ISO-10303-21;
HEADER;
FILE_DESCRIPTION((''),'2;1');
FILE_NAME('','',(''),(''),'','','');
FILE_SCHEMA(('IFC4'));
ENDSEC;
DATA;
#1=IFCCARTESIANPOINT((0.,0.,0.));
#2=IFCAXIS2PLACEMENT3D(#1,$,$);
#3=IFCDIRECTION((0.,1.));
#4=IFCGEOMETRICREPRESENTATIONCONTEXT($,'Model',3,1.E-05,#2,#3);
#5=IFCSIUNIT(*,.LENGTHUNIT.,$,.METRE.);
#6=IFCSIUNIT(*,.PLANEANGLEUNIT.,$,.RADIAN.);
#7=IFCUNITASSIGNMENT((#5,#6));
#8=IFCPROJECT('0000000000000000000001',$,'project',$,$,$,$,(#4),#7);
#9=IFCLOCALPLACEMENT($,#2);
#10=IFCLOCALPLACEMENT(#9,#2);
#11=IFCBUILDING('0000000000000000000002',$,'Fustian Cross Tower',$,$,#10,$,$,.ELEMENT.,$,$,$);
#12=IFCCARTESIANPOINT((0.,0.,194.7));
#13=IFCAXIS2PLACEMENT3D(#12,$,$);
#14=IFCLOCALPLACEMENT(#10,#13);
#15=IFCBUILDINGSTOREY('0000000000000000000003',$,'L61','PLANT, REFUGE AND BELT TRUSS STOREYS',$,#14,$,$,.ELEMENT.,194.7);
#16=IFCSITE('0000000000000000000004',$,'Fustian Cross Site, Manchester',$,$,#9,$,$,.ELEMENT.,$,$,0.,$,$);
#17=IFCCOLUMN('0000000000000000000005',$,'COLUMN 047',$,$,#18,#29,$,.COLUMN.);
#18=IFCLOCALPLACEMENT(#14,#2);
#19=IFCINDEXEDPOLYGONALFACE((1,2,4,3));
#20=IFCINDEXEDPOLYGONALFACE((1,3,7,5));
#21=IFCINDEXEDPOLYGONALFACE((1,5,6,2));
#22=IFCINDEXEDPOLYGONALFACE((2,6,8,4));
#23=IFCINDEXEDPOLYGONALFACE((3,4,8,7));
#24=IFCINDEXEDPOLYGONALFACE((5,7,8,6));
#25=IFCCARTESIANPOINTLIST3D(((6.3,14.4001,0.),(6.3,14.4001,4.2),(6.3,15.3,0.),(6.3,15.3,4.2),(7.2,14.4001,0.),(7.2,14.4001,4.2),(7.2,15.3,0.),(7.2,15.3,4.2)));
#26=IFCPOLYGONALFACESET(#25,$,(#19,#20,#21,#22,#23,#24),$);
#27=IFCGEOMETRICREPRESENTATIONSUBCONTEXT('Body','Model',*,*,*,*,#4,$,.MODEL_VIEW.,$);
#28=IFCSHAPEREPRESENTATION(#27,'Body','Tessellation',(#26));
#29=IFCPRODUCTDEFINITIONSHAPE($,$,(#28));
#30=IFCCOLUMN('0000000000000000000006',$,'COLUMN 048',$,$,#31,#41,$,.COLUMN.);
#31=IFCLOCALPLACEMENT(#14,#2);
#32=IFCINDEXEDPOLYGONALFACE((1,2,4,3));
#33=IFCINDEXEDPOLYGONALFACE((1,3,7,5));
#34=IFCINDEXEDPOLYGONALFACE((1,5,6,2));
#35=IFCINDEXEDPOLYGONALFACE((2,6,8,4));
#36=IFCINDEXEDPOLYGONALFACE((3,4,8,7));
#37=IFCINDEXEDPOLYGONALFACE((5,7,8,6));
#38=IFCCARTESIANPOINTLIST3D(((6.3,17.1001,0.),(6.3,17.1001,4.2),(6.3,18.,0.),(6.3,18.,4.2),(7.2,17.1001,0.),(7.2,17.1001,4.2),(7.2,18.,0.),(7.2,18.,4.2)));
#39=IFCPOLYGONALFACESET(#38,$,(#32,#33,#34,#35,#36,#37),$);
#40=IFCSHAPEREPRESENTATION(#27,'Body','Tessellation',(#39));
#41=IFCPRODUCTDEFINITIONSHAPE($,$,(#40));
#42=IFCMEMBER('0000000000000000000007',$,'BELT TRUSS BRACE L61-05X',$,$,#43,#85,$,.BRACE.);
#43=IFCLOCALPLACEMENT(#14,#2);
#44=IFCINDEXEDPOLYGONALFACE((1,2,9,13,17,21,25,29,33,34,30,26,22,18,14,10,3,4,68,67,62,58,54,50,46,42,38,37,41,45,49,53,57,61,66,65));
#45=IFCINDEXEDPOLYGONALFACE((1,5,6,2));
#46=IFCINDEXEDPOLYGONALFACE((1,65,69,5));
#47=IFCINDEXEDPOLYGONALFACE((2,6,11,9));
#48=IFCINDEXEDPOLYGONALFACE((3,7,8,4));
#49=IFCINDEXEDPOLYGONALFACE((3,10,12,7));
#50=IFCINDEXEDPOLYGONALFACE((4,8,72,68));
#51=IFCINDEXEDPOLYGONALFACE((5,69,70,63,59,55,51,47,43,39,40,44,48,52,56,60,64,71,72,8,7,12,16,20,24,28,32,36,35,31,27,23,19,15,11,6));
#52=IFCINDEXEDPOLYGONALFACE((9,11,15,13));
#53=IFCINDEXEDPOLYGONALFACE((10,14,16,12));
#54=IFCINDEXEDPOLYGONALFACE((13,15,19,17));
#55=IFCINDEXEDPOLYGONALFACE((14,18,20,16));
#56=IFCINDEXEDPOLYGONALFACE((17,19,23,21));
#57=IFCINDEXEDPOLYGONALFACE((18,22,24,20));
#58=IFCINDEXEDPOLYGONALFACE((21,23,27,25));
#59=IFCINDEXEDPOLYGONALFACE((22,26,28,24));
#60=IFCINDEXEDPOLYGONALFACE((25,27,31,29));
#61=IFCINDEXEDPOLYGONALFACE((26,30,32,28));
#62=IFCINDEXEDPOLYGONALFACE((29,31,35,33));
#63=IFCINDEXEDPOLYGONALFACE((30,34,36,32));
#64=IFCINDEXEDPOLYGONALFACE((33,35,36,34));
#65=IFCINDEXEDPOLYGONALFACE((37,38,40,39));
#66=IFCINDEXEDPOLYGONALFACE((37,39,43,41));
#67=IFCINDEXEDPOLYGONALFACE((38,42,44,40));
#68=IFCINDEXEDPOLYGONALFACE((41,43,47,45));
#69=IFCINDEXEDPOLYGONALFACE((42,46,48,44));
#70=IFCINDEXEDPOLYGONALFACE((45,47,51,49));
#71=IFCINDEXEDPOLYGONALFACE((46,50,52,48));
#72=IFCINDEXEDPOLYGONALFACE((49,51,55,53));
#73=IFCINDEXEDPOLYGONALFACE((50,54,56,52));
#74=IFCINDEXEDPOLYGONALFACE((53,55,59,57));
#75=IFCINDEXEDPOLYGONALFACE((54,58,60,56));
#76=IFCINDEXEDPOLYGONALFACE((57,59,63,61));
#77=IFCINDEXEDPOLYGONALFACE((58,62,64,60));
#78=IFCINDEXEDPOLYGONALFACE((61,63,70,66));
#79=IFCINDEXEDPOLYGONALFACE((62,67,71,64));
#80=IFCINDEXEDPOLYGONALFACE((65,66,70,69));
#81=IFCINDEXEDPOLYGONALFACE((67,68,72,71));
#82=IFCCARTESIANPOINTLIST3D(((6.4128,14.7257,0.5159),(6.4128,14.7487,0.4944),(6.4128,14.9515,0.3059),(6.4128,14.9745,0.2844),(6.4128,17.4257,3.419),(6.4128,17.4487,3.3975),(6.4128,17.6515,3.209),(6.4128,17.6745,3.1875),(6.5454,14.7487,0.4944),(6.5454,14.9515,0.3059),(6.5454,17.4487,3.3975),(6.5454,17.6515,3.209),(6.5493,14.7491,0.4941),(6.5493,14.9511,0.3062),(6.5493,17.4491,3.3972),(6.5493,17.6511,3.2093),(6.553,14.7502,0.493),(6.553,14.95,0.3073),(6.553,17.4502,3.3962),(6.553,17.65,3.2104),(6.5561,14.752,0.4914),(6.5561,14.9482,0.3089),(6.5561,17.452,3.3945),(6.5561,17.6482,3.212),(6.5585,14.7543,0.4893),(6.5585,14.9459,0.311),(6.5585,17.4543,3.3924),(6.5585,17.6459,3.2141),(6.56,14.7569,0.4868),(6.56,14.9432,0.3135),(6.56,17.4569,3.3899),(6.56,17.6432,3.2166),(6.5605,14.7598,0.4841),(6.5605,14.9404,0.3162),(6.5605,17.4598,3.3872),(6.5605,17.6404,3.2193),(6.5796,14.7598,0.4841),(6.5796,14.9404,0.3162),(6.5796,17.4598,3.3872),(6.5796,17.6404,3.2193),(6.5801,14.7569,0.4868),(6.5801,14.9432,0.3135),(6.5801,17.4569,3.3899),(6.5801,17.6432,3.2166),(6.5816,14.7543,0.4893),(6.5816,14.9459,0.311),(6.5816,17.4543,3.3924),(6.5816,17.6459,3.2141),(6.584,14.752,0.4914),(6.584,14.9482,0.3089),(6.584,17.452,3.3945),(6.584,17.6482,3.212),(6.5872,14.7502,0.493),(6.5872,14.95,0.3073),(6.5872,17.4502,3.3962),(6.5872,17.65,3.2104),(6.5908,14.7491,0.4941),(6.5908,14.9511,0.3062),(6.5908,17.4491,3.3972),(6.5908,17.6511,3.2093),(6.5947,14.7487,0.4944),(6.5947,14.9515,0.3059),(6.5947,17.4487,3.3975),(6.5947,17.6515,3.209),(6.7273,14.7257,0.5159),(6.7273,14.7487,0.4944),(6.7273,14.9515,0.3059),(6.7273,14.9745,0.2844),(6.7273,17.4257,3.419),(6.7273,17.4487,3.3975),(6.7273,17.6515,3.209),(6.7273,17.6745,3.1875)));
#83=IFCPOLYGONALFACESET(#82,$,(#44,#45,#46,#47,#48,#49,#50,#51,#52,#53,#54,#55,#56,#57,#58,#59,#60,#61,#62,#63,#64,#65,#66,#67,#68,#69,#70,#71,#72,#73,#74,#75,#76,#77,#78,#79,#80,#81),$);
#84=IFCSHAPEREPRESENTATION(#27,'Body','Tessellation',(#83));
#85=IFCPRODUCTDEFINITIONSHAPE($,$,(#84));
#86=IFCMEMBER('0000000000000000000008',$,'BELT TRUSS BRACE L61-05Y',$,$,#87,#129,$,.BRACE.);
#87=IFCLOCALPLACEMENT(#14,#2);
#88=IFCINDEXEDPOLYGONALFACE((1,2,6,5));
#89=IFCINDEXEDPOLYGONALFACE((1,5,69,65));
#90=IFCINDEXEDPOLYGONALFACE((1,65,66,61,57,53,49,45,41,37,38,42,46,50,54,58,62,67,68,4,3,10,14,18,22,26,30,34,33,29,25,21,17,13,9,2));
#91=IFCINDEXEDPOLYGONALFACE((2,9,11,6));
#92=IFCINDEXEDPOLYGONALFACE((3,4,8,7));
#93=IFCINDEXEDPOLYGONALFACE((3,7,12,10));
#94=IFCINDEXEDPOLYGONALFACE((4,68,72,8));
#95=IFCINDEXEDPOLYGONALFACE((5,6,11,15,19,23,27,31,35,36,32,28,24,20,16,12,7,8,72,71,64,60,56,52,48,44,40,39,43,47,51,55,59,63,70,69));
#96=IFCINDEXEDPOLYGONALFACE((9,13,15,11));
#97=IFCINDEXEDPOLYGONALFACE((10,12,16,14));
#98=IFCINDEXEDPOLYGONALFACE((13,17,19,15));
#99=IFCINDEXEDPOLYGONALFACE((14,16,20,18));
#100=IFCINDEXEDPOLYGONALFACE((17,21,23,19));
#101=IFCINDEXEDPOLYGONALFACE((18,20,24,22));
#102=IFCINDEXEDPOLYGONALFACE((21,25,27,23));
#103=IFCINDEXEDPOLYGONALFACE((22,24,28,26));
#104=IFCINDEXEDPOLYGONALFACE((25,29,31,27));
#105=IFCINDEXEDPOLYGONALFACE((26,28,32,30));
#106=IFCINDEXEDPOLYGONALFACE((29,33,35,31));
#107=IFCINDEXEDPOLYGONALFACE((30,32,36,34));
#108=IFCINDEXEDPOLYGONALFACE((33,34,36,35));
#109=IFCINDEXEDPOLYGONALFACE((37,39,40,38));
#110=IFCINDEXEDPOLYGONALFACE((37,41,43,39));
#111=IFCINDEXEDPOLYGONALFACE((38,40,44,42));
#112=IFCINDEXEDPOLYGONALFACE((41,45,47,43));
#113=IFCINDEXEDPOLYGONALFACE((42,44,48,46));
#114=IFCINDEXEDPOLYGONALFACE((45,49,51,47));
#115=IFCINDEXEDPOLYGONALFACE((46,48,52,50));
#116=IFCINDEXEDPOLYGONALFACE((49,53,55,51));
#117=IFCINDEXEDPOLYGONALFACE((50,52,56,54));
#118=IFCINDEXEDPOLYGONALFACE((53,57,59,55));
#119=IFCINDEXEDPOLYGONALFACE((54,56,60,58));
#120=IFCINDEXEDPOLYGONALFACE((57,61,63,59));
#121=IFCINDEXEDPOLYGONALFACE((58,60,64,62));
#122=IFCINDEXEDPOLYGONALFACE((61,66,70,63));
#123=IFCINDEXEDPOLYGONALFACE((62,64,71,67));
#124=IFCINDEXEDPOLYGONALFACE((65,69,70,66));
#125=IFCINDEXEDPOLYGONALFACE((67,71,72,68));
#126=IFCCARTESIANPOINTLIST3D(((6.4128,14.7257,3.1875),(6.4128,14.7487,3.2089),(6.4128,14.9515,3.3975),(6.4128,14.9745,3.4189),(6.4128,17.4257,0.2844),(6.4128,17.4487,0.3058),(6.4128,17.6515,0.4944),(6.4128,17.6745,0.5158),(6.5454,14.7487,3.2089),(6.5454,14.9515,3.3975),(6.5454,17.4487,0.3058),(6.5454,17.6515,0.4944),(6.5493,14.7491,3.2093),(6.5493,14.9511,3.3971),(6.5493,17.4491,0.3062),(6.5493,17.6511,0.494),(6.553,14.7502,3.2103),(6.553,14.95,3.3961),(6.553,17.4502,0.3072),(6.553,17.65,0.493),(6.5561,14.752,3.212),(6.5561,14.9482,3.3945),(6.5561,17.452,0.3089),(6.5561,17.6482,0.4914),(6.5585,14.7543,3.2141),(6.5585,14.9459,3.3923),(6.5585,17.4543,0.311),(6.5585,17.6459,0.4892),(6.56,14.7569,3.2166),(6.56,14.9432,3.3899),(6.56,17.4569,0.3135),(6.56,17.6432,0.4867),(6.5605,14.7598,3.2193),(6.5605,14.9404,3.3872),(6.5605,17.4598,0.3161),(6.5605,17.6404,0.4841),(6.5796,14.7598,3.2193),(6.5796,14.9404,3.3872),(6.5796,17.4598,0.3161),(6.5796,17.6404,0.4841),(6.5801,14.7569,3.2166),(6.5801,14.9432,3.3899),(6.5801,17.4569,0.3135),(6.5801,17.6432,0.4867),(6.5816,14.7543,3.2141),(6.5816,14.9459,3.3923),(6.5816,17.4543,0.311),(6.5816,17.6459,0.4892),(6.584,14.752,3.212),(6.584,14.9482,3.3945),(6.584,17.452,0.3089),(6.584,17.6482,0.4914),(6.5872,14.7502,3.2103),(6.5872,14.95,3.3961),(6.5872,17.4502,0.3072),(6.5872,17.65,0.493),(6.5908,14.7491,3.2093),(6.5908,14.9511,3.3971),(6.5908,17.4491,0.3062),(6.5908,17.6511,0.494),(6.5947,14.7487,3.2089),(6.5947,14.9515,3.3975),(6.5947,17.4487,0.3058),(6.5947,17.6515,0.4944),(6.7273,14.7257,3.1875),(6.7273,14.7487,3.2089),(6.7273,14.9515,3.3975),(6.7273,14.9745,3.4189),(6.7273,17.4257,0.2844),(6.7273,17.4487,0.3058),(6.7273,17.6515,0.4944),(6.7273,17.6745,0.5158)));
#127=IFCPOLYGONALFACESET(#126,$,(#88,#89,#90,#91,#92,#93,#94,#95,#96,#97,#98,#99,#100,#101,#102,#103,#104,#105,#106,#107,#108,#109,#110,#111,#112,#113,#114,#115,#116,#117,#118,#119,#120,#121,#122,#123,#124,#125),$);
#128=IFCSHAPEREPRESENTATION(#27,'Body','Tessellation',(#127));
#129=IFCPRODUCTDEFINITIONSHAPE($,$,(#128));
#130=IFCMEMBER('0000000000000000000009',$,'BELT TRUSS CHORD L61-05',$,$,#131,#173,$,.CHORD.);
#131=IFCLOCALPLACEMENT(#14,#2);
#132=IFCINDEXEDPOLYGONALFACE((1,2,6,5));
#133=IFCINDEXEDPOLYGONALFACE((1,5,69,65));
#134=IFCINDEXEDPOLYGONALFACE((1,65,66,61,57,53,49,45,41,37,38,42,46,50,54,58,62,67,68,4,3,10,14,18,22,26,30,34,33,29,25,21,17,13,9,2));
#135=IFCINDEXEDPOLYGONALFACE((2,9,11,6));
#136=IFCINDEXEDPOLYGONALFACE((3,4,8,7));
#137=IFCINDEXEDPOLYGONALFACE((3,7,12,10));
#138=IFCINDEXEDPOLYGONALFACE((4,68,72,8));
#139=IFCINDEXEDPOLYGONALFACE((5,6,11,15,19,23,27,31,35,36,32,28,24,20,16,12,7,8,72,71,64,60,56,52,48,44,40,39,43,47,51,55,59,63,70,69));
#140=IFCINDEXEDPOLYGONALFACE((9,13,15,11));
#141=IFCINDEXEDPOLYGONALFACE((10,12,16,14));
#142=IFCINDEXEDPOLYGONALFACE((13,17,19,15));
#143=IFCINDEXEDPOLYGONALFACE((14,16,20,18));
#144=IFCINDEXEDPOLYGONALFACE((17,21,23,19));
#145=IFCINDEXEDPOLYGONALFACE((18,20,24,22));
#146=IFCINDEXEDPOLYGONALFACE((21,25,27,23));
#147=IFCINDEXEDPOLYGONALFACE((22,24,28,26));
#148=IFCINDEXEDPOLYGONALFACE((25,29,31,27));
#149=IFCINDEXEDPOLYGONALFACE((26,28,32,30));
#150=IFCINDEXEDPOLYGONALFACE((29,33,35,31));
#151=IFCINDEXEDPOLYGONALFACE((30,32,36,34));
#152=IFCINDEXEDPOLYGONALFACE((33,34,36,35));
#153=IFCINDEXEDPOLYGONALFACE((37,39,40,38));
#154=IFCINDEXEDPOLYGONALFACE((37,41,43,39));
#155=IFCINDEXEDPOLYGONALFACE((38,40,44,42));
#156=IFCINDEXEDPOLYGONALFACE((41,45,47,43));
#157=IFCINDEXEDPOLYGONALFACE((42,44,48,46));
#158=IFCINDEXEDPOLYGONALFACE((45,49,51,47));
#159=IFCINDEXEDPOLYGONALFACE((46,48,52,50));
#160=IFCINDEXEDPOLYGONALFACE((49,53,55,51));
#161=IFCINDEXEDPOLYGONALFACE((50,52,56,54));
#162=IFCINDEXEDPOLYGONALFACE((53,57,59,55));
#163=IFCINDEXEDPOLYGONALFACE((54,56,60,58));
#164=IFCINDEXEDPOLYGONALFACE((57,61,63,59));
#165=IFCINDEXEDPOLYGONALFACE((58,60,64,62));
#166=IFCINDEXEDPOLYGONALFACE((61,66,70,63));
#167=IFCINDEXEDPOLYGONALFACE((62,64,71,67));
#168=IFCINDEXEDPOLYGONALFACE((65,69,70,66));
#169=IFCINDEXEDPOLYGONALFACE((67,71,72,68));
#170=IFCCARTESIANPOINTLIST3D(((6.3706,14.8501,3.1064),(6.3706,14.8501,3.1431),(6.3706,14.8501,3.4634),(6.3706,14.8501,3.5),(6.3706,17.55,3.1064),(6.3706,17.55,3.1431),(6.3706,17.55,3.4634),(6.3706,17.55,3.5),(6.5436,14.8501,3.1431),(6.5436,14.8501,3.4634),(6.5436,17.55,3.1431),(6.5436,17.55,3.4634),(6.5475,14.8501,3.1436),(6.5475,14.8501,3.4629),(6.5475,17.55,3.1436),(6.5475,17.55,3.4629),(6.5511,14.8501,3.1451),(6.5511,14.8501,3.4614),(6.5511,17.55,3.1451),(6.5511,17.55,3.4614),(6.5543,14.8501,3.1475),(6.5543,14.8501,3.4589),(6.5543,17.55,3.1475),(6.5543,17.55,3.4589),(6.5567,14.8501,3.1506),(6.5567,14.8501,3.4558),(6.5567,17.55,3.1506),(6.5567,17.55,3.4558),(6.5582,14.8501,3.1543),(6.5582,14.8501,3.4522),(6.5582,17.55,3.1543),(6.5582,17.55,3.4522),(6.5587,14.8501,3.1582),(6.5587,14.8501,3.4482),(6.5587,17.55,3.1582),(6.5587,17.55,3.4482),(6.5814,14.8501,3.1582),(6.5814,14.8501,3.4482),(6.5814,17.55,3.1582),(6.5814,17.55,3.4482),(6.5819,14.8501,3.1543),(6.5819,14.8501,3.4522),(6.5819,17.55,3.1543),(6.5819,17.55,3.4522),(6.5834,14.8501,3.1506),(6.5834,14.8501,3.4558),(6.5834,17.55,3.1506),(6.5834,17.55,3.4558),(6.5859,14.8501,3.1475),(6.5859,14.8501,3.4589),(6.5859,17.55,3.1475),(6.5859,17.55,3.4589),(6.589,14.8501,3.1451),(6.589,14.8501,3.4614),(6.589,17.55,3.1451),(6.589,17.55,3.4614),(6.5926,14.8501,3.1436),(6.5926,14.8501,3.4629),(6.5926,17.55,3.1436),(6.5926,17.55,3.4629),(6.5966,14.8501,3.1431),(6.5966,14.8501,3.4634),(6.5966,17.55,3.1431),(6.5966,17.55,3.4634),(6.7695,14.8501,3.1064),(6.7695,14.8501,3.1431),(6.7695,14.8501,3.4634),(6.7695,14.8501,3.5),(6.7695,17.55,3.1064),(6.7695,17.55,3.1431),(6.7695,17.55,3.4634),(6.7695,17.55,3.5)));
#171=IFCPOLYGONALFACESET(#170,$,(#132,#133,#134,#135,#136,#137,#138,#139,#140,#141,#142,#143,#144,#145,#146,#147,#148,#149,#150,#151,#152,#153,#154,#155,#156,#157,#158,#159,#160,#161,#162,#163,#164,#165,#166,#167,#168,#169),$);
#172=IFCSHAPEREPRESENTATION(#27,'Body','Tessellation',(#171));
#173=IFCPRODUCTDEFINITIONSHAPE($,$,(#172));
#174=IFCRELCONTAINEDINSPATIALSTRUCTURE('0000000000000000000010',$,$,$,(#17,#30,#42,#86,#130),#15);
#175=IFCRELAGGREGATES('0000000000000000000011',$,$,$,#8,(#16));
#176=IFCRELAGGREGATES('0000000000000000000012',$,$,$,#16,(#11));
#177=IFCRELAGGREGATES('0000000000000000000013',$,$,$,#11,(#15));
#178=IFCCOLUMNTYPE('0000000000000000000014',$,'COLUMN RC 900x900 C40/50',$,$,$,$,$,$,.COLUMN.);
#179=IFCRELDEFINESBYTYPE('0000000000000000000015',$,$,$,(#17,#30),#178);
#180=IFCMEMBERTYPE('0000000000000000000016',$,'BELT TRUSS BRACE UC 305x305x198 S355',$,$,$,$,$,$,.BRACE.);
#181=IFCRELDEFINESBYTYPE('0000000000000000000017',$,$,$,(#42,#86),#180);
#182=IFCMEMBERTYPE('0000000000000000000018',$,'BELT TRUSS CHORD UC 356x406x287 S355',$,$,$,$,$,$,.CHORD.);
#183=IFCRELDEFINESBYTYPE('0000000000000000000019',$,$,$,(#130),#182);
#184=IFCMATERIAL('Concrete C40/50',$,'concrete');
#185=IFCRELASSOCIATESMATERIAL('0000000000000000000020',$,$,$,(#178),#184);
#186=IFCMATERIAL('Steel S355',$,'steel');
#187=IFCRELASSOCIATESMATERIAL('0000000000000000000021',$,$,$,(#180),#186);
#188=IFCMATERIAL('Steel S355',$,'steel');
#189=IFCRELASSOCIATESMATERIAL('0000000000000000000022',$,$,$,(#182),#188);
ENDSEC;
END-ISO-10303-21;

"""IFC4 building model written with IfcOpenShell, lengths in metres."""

from ifc_helpers import new_model, si_unit, direction, frame, origin, origin_2d, place, context, subcontext, project, spatial, rectangle, i_section, extrude, material, material_profile, profile_set, type_object, element, save


model = new_model("IFC4")

# Units and contexts
model_context = context("Model", 3, precision=1e-05, world=origin(), true_north=direction((0.0, 1.0)))
body_context = subcontext(model_context, "Body", "Model", "MODEL_VIEW")
ifc_project = project(units=[si_unit("LENGTHUNIT", "METRE"), si_unit("PLANEANGLEUNIT", "RADIAN")], contexts=[model_context])

# Site, building, storey
site_placement = place(None, origin())
site = spatial("IfcSite", under=ifc_project, at=site_placement, Name="Fustian Cross Site, Manchester", CompositionType="ELEMENT", RefElevation=0.0)
building_placement = place(site_placement, origin())
building = spatial("IfcBuilding", under=site, at=building_placement, Name="Fustian Cross Tower", CompositionType="ELEMENT")
storey_placement = place(building_placement, frame((0.0, 0.0, 194.7)))
storey = spatial("IfcBuildingStorey", under=building, at=storey_placement, Name="L61", Description="PLANT, REFUGE AND BELT TRUSS STOREYS", CompositionType="ELEMENT", Elevation=194.7)

# Columns
ifc_material_1 = material(Name="Concrete C40/50", Category="concrete")
ifc_material_profile_1 = material_profile(ifc_material_1, rectangle(XDim=0.8999, YDim=0.8999, at=origin_2d()), Name="RC 900x900")
ifc_profile_set_1 = profile_set([ifc_material_profile_1], Name="Concrete C40/50")
column_type = type_object("IfcColumnType", Name="COLUMN RC 900x900 C40/50", PredefinedType="COLUMN", material=ifc_profile_set_1)
for number, where, z_axis, x_axis, name in (
    (1, (6.75, 14.8501, 0.0), (0.0, 0.0, 1.0), (1.0, 0.0, 0.0), "COLUMN 047"),
    (2, (6.75, 17.55, 0.0), (0.0, 0.0, 1.0), (1.0, 0.0, 0.0), "COLUMN 048"),
):
    element("IfcColumn", number, at=place(storey_placement, frame(where, z_axis=z_axis, x_axis=x_axis)), inside=storey, type_object=column_type, Name=name, PredefinedType="COLUMN", context=body_context, shape_type="SweptSolid", body=[
        extrude(rectangle(XDim=0.8999, YDim=0.8999, at=origin_2d()), origin(), (0.0, 0.0, 1.0), 4.2),
    ])

# Members
ifc_material_2 = material(Name="Steel S355", Category="steel")
ifc_material_profile_2 = material_profile(ifc_material_2, i_section(OverallWidth=0.3145, OverallDepth=0.3398, WebThickness=0.019, FlangeThickness=0.0315, FilletRadius=0.0151, at=origin_2d()), Name="UC 305x305x198")
ifc_profile_set_2 = profile_set([ifc_material_profile_2], Name="Steel S355")
member_type_1 = type_object("IfcMemberType", Name="BELT TRUSS BRACE UC 305x305x198 S355", PredefinedType="BRACE", material=ifc_profile_set_2)
for number, where, z_axis, x_axis, name in (
    (3, (6.5701, 14.8501, 0.4001), (0.0, 0.681025, 0.73226), (-1.0, 0.0, 0.0), "BELT TRUSS BRACE L61-05X"),
    (4, (6.5701, 14.8501, 3.3032), (0.0, 0.681025, -0.73226), (-1.0, 0.0, 0.0), "BELT TRUSS BRACE L61-05Y"),
):
    element("IfcMember", number, at=place(storey_placement, frame(where, z_axis=z_axis, x_axis=x_axis)), inside=storey, type_object=member_type_1, Name=name, PredefinedType="BRACE", context=body_context, shape_type="SweptSolid", body=[
        extrude(i_section(OverallWidth=0.3145, OverallDepth=0.3398, WebThickness=0.019, FlangeThickness=0.0315, FilletRadius=0.0151, at=origin_2d()), origin(), (0.0, 0.0, 1.0), 3.9646),
    ])
ifc_material_3 = material(Name="Steel S355", Category="steel")
ifc_material_profile_3 = material_profile(ifc_material_3, i_section(OverallWidth=0.3989, OverallDepth=0.3936, WebThickness=0.0227, FlangeThickness=0.0366, FilletRadius=0.0151, at=origin_2d()), Name="UC 356x406x287")
ifc_profile_set_3 = profile_set([ifc_material_profile_3], Name="Steel S355")
member_type_2 = type_object("IfcMemberType", Name="BELT TRUSS CHORD UC 356x406x287 S355", PredefinedType="CHORD", material=ifc_profile_set_3)
for number, where, z_axis, x_axis, name in (
    (5, (6.5701, 14.8501, 3.3032), (0.0, 1.0, 0.0), (-1.0, 0.0, 0.0), "BELT TRUSS CHORD L61-05"),
):
    element("IfcMember", number, at=place(storey_placement, frame(where, z_axis=z_axis, x_axis=x_axis)), inside=storey, type_object=member_type_2, Name=name, PredefinedType="CHORD", context=body_context, shape_type="SweptSolid", body=[
        extrude(i_section(OverallWidth=0.3989, OverallDepth=0.3936, WebThickness=0.0227, FlangeThickness=0.0366, FilletRadius=0.0151, at=origin_2d()), origin(), (0.0, 0.0, 1.0), 2.7),
    ])

save(model, "model.ifc")
